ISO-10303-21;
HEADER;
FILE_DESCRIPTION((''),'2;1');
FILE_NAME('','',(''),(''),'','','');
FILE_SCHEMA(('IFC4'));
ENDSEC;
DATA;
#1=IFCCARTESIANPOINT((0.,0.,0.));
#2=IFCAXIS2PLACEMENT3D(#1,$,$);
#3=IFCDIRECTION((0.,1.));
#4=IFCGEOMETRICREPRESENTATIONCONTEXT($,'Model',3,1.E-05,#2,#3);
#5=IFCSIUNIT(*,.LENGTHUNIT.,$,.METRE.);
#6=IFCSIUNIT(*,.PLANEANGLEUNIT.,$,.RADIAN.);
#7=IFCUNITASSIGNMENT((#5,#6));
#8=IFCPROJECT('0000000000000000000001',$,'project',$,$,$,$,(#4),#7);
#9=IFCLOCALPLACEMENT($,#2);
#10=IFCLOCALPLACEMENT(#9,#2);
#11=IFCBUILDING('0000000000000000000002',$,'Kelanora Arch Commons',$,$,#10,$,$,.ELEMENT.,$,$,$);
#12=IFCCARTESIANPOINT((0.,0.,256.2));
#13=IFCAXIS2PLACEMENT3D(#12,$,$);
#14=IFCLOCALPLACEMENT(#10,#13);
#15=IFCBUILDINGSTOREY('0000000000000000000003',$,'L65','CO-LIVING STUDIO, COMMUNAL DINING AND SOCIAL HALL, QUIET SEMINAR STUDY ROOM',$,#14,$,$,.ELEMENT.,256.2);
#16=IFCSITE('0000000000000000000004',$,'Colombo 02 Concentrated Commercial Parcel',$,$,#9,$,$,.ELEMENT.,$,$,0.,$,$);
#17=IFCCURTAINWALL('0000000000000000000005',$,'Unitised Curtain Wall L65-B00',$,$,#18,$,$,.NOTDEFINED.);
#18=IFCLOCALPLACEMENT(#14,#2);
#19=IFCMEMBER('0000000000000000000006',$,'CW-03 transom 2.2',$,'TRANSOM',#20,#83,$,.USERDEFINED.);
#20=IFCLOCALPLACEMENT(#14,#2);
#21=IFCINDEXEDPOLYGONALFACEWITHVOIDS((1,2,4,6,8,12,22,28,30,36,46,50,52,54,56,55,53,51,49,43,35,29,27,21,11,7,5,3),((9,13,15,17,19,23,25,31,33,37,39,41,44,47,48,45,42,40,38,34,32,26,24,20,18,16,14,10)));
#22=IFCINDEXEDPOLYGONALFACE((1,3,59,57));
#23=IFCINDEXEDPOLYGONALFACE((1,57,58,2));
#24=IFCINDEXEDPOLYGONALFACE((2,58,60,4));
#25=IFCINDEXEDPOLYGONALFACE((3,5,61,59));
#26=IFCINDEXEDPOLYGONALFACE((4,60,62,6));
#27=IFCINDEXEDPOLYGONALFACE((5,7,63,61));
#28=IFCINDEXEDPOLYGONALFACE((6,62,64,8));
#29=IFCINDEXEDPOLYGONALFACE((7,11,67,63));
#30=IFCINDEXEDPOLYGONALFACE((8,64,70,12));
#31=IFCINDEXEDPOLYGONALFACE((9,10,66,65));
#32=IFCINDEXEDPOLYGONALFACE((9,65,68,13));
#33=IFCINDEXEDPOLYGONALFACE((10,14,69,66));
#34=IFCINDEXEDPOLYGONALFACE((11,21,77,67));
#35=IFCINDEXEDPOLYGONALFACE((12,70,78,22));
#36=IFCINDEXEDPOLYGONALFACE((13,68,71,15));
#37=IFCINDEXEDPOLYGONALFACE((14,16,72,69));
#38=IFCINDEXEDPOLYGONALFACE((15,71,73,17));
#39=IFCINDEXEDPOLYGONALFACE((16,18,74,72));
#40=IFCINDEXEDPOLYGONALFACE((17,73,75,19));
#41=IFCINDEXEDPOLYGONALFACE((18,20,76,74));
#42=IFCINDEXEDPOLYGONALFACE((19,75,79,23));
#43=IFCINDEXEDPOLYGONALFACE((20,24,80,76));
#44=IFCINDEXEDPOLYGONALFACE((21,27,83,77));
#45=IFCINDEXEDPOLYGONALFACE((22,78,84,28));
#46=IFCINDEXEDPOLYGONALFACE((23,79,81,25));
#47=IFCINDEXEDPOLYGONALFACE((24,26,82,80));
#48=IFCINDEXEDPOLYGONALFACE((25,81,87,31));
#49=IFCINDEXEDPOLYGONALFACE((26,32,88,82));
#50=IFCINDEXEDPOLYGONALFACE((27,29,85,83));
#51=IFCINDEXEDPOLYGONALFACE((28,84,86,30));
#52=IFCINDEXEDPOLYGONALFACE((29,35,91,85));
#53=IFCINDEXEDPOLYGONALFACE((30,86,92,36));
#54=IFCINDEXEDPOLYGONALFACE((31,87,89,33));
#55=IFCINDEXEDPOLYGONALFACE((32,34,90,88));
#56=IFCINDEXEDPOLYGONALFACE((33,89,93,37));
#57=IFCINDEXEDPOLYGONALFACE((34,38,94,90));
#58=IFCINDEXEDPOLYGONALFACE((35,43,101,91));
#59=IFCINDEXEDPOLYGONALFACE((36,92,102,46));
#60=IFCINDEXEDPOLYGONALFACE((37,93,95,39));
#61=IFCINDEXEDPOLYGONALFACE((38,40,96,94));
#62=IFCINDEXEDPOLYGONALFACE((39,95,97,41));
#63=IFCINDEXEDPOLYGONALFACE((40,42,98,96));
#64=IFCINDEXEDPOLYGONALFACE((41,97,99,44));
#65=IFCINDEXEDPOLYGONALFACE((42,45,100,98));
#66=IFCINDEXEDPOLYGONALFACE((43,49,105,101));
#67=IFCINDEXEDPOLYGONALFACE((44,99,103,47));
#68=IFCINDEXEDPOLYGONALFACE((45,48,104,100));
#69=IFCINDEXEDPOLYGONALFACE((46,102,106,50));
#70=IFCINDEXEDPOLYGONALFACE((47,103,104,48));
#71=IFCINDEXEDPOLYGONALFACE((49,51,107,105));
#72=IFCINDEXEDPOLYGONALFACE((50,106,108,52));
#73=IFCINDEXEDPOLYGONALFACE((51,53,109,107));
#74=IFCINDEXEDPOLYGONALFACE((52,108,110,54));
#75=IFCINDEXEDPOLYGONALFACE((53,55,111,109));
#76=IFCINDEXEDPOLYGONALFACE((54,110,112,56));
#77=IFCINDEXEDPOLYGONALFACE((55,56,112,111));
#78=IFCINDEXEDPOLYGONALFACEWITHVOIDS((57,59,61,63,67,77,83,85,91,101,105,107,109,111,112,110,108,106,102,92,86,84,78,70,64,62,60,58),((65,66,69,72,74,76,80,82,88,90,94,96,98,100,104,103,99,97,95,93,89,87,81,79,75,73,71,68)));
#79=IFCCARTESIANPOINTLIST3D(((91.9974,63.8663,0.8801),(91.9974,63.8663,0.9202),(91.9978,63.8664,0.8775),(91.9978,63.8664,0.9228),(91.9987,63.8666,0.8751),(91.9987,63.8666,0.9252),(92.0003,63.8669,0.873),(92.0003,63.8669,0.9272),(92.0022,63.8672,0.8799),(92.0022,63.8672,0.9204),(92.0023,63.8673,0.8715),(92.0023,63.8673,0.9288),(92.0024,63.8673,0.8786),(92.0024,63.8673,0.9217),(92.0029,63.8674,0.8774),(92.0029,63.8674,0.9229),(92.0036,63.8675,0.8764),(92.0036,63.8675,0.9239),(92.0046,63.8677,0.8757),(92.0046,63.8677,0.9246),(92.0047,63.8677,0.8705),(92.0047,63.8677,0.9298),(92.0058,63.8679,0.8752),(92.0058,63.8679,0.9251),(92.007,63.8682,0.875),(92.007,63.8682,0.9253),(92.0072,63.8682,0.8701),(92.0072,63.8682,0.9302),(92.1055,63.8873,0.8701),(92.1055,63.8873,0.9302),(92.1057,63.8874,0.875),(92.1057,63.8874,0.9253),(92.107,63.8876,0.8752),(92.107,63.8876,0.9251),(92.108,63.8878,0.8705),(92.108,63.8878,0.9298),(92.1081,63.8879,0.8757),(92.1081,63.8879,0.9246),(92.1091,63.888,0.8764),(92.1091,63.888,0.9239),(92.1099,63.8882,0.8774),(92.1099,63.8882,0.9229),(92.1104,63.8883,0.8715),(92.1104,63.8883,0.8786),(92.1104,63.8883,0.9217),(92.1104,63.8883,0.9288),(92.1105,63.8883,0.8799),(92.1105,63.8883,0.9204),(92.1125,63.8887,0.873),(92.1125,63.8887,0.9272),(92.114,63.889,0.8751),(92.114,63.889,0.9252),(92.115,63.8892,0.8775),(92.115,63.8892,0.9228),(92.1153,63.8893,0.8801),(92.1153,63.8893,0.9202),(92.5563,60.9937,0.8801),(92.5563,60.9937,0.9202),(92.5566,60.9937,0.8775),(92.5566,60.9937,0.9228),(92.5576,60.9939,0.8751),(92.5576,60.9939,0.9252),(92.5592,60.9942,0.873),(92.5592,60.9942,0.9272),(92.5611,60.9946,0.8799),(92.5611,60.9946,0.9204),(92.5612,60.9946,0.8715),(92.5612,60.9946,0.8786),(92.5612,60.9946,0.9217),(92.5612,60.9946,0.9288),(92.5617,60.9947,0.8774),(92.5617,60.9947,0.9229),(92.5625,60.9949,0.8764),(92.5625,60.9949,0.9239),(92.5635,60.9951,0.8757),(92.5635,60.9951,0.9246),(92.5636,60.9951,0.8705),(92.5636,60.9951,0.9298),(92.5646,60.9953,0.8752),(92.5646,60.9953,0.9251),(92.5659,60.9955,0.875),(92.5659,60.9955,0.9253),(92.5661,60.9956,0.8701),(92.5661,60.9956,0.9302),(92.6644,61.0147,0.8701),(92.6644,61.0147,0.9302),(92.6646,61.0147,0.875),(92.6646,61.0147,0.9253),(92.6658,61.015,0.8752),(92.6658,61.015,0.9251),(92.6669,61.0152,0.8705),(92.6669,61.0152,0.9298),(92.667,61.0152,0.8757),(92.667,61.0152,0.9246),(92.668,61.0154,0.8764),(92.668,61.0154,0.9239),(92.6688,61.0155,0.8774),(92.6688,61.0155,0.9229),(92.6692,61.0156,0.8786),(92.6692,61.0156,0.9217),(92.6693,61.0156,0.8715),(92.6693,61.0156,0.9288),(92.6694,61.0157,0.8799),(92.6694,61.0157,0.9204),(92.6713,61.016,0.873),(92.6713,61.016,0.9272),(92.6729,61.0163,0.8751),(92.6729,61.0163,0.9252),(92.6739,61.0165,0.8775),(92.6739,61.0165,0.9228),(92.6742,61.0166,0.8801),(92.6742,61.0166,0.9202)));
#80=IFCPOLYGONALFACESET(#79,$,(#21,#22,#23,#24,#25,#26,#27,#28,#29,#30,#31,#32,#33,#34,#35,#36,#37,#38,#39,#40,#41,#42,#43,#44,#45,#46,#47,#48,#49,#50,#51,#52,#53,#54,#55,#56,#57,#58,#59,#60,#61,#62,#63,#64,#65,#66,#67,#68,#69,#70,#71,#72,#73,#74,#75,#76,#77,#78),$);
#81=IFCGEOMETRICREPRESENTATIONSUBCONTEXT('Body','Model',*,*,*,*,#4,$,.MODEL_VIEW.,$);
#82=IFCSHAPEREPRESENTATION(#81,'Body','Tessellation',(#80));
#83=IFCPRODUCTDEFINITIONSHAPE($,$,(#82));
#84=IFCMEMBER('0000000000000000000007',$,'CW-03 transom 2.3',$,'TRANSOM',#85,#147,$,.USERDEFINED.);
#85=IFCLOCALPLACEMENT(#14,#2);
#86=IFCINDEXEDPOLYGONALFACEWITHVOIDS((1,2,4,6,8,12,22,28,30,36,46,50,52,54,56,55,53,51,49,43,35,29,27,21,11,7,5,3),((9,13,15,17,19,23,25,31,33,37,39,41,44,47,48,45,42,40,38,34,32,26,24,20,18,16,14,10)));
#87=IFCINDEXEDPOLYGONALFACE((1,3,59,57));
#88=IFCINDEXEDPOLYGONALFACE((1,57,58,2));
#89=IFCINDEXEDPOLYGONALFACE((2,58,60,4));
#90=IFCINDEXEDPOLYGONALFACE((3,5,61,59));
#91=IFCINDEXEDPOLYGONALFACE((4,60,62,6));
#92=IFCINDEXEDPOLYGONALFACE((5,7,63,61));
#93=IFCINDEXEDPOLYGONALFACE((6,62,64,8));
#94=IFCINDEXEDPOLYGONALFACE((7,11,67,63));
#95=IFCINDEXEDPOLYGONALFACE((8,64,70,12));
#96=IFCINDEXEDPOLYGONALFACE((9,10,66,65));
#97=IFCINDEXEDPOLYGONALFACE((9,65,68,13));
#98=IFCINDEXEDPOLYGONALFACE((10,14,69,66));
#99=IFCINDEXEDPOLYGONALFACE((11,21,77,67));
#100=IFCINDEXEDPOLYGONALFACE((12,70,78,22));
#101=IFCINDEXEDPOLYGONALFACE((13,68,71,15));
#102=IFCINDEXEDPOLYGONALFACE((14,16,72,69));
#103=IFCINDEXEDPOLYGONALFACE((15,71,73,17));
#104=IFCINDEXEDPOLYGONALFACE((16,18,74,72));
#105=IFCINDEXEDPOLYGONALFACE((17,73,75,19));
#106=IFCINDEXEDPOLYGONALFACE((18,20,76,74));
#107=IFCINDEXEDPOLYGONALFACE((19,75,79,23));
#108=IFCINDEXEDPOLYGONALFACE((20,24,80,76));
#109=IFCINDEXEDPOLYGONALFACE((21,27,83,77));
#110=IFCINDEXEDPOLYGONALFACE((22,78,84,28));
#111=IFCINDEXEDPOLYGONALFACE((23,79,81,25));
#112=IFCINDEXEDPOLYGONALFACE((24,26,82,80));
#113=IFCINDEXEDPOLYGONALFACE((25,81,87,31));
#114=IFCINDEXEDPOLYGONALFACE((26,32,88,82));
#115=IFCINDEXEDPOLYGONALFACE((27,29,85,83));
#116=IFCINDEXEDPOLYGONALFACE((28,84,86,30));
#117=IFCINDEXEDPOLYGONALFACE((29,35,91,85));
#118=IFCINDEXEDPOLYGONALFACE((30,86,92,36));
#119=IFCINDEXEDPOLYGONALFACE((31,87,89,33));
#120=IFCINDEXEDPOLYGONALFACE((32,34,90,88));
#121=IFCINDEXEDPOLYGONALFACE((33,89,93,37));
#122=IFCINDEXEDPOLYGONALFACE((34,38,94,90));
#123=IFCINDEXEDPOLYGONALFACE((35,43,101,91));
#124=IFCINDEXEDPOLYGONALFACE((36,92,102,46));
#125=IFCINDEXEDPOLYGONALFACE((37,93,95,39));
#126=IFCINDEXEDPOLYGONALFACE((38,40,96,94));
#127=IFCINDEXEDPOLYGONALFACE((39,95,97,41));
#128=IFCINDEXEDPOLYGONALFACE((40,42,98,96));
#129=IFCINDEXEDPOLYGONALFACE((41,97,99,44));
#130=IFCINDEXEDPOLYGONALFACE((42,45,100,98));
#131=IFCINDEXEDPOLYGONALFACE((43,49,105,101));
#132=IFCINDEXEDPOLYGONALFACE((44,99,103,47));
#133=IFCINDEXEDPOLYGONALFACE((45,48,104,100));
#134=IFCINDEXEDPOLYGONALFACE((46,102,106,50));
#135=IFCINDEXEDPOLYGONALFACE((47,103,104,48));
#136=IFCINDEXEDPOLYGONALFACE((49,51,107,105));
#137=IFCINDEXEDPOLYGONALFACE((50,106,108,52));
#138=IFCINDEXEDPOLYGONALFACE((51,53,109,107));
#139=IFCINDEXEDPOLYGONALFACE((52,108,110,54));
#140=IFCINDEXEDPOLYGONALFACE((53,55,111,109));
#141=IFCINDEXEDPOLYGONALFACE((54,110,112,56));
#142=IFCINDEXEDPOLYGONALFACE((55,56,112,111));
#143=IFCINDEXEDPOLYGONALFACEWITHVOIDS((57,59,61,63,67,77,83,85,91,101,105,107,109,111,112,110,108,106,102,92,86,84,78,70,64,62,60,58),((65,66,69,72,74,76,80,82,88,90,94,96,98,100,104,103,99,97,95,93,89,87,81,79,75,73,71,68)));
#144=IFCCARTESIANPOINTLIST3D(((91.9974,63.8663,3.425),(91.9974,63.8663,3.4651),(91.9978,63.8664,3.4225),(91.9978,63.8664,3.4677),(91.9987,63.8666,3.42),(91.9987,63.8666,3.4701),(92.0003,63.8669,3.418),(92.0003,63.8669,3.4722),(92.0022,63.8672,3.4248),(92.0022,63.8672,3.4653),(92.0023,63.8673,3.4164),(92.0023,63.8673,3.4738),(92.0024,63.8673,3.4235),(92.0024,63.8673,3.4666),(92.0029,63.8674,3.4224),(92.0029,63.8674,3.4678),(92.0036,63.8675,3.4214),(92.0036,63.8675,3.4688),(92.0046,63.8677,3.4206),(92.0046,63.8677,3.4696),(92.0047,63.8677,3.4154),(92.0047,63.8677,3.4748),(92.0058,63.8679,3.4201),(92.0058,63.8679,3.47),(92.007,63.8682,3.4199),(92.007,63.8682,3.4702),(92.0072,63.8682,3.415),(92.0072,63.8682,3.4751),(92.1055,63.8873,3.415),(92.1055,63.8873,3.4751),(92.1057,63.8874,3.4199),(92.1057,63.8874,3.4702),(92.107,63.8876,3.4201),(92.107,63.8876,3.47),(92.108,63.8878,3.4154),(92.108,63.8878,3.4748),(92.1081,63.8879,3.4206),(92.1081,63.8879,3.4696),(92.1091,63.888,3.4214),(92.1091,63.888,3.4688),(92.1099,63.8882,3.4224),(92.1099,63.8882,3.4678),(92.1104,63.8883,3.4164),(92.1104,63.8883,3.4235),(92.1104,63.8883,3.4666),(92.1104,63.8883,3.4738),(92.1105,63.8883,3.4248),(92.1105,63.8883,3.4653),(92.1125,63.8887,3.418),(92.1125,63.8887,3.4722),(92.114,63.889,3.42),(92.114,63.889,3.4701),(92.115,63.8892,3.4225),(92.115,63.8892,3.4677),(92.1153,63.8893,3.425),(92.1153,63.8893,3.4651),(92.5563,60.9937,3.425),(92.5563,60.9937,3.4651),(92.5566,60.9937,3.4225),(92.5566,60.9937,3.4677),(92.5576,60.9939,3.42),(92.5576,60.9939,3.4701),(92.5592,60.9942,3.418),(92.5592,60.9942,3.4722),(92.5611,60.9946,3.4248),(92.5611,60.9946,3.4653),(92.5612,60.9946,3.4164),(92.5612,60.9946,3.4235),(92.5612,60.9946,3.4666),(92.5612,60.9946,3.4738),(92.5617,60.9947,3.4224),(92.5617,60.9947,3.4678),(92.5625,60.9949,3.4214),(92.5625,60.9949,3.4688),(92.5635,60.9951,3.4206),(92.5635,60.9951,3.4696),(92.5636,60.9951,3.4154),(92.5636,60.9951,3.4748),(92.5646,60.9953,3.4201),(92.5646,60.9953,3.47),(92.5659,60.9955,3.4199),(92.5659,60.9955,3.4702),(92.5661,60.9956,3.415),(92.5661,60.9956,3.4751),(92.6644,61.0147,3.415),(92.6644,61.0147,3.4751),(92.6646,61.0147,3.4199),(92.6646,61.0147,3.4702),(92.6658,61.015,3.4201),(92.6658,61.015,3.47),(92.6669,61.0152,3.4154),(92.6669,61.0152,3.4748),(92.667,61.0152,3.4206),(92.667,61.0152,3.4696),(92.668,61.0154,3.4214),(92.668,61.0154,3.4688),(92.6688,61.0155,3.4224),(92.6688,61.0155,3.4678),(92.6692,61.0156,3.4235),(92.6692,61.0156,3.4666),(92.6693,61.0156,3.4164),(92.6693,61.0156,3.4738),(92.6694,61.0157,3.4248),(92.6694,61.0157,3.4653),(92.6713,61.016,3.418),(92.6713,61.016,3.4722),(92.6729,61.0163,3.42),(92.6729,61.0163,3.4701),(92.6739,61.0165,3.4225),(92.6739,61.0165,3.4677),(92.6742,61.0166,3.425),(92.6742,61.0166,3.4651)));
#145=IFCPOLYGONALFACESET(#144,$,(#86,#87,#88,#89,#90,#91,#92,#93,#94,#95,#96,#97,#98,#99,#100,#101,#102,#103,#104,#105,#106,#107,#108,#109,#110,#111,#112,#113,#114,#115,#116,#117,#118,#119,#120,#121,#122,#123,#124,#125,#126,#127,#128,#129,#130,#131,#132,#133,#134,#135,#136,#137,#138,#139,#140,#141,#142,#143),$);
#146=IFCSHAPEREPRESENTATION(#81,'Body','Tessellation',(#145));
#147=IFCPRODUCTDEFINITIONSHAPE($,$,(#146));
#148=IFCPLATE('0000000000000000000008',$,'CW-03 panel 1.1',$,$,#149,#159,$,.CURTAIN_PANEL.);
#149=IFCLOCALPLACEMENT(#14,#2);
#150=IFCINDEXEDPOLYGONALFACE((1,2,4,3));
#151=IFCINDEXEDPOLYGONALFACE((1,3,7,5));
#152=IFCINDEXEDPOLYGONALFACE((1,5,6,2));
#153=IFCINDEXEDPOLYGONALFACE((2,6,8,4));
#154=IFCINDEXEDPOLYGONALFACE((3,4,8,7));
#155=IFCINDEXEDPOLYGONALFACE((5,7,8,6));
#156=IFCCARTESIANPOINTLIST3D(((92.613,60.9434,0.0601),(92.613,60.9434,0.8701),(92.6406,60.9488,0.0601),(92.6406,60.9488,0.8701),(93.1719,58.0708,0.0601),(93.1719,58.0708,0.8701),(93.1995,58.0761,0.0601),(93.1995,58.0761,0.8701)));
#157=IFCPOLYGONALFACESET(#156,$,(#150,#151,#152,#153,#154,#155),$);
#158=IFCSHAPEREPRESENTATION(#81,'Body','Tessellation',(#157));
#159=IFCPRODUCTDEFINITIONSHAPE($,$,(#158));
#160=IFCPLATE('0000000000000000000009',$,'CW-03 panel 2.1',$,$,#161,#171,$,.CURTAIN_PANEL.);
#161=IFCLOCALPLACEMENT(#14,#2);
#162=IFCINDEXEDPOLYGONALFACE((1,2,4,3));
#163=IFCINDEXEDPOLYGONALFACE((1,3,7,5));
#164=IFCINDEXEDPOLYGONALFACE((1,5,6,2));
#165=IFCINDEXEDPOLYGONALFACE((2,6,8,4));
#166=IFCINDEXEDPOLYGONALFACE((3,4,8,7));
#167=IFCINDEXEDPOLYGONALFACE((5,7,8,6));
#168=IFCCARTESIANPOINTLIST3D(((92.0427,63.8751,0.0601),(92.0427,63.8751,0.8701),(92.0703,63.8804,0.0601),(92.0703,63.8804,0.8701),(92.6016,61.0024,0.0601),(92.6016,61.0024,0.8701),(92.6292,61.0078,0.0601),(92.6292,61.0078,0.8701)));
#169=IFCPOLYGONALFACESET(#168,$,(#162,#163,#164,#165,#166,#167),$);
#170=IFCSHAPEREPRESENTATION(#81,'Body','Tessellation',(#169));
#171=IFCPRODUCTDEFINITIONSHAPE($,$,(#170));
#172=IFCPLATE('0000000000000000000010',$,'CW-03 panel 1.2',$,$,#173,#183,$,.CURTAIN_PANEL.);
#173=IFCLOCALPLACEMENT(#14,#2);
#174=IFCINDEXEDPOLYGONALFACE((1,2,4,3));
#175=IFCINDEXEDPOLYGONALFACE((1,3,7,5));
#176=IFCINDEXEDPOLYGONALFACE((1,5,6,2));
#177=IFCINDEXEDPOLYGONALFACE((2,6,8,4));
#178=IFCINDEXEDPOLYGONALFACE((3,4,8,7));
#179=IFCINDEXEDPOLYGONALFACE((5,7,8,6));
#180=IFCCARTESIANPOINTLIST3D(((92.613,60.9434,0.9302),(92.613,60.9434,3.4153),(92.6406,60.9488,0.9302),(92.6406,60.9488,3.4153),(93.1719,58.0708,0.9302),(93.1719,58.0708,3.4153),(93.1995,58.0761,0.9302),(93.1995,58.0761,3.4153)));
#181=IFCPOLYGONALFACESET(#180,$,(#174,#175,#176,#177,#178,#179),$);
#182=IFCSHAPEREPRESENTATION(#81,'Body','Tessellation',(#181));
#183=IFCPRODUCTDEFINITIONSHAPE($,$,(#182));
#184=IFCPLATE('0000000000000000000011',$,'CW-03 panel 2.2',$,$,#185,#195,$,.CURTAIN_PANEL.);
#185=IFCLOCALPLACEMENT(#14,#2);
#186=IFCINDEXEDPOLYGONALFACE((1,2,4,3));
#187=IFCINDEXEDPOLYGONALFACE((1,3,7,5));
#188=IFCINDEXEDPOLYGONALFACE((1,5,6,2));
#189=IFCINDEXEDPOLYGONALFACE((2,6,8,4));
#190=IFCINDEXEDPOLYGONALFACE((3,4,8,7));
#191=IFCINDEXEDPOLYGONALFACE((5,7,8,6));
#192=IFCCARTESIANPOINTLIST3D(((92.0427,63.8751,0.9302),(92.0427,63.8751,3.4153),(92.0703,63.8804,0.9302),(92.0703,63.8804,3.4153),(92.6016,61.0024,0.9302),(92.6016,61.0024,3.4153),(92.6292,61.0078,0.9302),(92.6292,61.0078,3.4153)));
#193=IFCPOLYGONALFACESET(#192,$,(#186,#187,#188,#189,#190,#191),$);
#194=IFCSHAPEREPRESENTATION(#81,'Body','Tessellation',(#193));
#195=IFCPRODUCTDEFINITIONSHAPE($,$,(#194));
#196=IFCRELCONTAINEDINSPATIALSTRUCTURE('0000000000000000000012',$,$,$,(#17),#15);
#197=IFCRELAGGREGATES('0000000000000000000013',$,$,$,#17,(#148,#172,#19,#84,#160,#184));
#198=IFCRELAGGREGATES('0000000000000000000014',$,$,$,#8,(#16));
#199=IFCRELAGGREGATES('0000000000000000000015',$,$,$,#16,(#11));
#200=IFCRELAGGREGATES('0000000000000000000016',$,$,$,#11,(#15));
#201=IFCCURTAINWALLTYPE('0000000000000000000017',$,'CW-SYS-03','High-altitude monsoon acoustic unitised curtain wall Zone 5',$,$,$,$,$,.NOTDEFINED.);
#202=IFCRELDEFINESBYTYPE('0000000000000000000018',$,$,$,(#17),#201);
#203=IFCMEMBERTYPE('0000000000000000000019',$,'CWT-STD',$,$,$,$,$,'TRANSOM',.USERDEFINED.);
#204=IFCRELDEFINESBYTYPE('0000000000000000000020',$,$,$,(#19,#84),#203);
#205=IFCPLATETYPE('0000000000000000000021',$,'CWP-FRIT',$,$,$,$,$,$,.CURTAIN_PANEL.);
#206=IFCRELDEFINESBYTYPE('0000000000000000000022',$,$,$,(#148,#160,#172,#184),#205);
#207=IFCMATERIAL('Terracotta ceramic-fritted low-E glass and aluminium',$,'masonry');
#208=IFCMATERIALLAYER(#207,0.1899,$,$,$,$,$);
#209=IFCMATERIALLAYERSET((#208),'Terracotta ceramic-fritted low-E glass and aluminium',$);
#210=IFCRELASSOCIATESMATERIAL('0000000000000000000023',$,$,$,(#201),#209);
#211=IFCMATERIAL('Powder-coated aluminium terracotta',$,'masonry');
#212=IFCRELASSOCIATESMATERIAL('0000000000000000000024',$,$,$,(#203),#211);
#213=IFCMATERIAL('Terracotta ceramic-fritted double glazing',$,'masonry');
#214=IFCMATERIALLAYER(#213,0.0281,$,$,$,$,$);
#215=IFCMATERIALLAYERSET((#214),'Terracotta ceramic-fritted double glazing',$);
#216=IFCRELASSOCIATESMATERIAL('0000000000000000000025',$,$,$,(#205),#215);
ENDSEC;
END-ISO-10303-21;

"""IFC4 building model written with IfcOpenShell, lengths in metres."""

from ifc_helpers import new_model, si_unit, direction, frame, origin, origin_2d, place, context, subcontext, project, spatial, rectangle, hollow_rectangle, extrude, source, transform, mapped, material, layer, layer_set, material_profile, profile_set, type_object, element, aggregate, save


model = new_model("IFC4")

# Units and contexts
model_context = context("Model", 3, precision=1e-05, world=origin(), true_north=direction((0.0, 1.0)))
body_context = subcontext(model_context, "Body", "Model", "MODEL_VIEW")
ifc_project = project(units=[si_unit("LENGTHUNIT", "METRE"), si_unit("PLANEANGLEUNIT", "RADIAN")], contexts=[model_context])

# Site, building, storey
site_placement = place(None, origin())
site = spatial("IfcSite", under=ifc_project, at=site_placement, Name="Colombo 02 Concentrated Commercial Parcel", CompositionType="ELEMENT", RefElevation=0.0)
building_placement = place(site_placement, origin())
building = spatial("IfcBuilding", under=site, at=building_placement, Name="Kelanora Arch Commons", CompositionType="ELEMENT")
storey_placement = place(building_placement, frame((0.0, 0.0, 256.2)))
storey = spatial("IfcBuildingStorey", under=building, at=storey_placement, Name="L65", Description="CO-LIVING STUDIO, COMMUNAL DINING AND SOCIAL HALL, QUIET SEMINAR STUDY ROOM", CompositionType="ELEMENT", Elevation=256.2)

# Curtain wall, members, plates
ifc_material_1 = material(Name="Terracotta ceramic-fritted low-E glass and aluminium", Category="masonry")
ifc_layer_1 = layer(ifc_material_1, 0.1899)
ifc_layer_set_1 = layer_set([ifc_layer_1], Name="Terracotta ceramic-fritted low-E glass and aluminium")
curtain_wall_type = type_object("IfcCurtainWallType", Name="CW-SYS-03", Description="High-altitude monsoon acoustic unitised curtain wall Zone 5", PredefinedType="NOTDEFINED", material=ifc_layer_set_1)
curtain_wall_placement = place(storey_placement, origin())
curtain_wall = element("IfcCurtainWall", 1, at=curtain_wall_placement, inside=storey, type_object=curtain_wall_type, Name="Unitised Curtain Wall L65-B00", PredefinedType="NOTDEFINED")
ifc_material_2 = material(Name="Powder-coated aluminium terracotta", Category="masonry")
ifc_material_profile_1 = material_profile(ifc_material_2, hollow_rectangle(XDim=0.1201, YDim=0.0601, WallThickness=0.0049, InnerFilletRadius=0.0049, OuterFilletRadius=0.01, at=origin_2d()), Name="CWT120x60")
ifc_profile_set_1 = profile_set([ifc_material_profile_1], Name="Powder-coated aluminium terracotta")
member_type_1 = type_object("IfcMemberType", Name="CWT-STD", ElementType="TRANSOM", PredefinedType="USERDEFINED", material=ifc_profile_set_1)
member_1_placement = place(storey_placement, frame((92.6152, 61.0051, 0.9001), z_axis=(-0.190963, 0.981597, 0.0), x_axis=(-0.981597, -0.190963, 0.0)))
member_1 = element("IfcMember", 2, at=member_1_placement, type_object=member_type_1, Name="CW-03 transom 2.2", ObjectType="TRANSOM", PredefinedType="USERDEFINED", context=body_context, shape_type="SweptSolid", body=[
    extrude(hollow_rectangle(XDim=0.1201, YDim=0.0601, WallThickness=0.0049, InnerFilletRadius=0.0049, OuterFilletRadius=0.01, at=origin_2d()), origin(), (0.0, 0.0, 1.0), 2.9265),
])
member_2_placement = place(storey_placement, frame((92.6152, 61.0051, 3.4451), z_axis=(-0.190963, 0.981597, 0.0), x_axis=(-0.981597, -0.190963, 0.0)))
member_2 = element("IfcMember", 3, at=member_2_placement, type_object=member_type_1, Name="CW-03 transom 2.3", ObjectType="TRANSOM", PredefinedType="USERDEFINED", context=body_context, shape_type="SweptSolid", body=[
    extrude(hollow_rectangle(XDim=0.1201, YDim=0.0601, WallThickness=0.0049, InnerFilletRadius=0.0049, OuterFilletRadius=0.01, at=origin_2d()), origin(), (0.0, 0.0, 1.0), 2.9265),
])
ifc_material_3 = material(Name="Terracotta ceramic-fritted double glazing", Category="masonry")
ifc_layer_2 = layer(ifc_material_3, 0.0281)
ifc_layer_set_2 = layer_set([ifc_layer_2], Name="Terracotta ceramic-fritted double glazing")
plate_type = type_object("IfcPlateType", Name="CWP-FRIT", PredefinedType="CURTAIN_PANEL", material=ifc_layer_set_2)
shared_shape_1 = source(origin(), body_context, "Body", "SweptSolid", [
    extrude(rectangle(XDim=2.9265, YDim=0.0281, at=origin_2d()), origin(), (0.0, 0.0, 1.0), 0.8101),
])
plate_1_placement = place(storey_placement, frame((92.9062, 59.5098, 0.0601), z_axis=(0.0, 0.0, 1.0), x_axis=(-0.190972, 0.981596, 0.0)))
plate_1 = element("IfcPlate", 4, at=plate_1_placement, type_object=plate_type, Name="CW-03 panel 1.1", PredefinedType="CURTAIN_PANEL", context=body_context, shape_type="MappedRepresentation", body=[
    mapped(shared_shape_1, transform((0.0, 0.0, 0.0), scale=1.0)),
])
plate_2_placement = place(storey_placement, frame((92.3359, 62.4414, 0.0601), z_axis=(0.0, 0.0, 1.0), x_axis=(-0.190972, 0.981596, 0.0)))
plate_2 = element("IfcPlate", 5, at=plate_2_placement, type_object=plate_type, Name="CW-03 panel 2.1", PredefinedType="CURTAIN_PANEL", context=body_context, shape_type="MappedRepresentation", body=[
    mapped(shared_shape_1, transform((0.0, 0.0, 0.0), scale=1.0)),
])
shared_shape_2 = source(origin(), body_context, "Body", "SweptSolid", [
    extrude(rectangle(XDim=2.9265, YDim=0.0281, at=origin_2d()), origin(), (0.0, 0.0, 1.0), 2.4851),
])
plate_3_placement = place(storey_placement, frame((92.9062, 59.5098, 0.9302), z_axis=(0.0, 0.0, 1.0), x_axis=(-0.190972, 0.981596, 0.0)))
plate_3 = element("IfcPlate", 6, at=plate_3_placement, type_object=plate_type, Name="CW-03 panel 1.2", PredefinedType="CURTAIN_PANEL", context=body_context, shape_type="MappedRepresentation", body=[
    mapped(shared_shape_2, transform((0.0, 0.0, 0.0), scale=1.0)),
])
plate_4_placement = place(storey_placement, frame((92.3359, 62.4414, 0.9302), z_axis=(0.0, 0.0, 1.0), x_axis=(-0.190972, 0.981596, 0.0)))
plate_4 = element("IfcPlate", 7, at=plate_4_placement, type_object=plate_type, Name="CW-03 panel 2.2", PredefinedType="CURTAIN_PANEL", context=body_context, shape_type="MappedRepresentation", body=[
    mapped(shared_shape_2, transform((0.0, 0.0, 0.0), scale=1.0)),
])
aggregate(curtain_wall, [plate_1, plate_3, member_1, member_2, plate_2, plate_4])

save(model, "model.ifc")
